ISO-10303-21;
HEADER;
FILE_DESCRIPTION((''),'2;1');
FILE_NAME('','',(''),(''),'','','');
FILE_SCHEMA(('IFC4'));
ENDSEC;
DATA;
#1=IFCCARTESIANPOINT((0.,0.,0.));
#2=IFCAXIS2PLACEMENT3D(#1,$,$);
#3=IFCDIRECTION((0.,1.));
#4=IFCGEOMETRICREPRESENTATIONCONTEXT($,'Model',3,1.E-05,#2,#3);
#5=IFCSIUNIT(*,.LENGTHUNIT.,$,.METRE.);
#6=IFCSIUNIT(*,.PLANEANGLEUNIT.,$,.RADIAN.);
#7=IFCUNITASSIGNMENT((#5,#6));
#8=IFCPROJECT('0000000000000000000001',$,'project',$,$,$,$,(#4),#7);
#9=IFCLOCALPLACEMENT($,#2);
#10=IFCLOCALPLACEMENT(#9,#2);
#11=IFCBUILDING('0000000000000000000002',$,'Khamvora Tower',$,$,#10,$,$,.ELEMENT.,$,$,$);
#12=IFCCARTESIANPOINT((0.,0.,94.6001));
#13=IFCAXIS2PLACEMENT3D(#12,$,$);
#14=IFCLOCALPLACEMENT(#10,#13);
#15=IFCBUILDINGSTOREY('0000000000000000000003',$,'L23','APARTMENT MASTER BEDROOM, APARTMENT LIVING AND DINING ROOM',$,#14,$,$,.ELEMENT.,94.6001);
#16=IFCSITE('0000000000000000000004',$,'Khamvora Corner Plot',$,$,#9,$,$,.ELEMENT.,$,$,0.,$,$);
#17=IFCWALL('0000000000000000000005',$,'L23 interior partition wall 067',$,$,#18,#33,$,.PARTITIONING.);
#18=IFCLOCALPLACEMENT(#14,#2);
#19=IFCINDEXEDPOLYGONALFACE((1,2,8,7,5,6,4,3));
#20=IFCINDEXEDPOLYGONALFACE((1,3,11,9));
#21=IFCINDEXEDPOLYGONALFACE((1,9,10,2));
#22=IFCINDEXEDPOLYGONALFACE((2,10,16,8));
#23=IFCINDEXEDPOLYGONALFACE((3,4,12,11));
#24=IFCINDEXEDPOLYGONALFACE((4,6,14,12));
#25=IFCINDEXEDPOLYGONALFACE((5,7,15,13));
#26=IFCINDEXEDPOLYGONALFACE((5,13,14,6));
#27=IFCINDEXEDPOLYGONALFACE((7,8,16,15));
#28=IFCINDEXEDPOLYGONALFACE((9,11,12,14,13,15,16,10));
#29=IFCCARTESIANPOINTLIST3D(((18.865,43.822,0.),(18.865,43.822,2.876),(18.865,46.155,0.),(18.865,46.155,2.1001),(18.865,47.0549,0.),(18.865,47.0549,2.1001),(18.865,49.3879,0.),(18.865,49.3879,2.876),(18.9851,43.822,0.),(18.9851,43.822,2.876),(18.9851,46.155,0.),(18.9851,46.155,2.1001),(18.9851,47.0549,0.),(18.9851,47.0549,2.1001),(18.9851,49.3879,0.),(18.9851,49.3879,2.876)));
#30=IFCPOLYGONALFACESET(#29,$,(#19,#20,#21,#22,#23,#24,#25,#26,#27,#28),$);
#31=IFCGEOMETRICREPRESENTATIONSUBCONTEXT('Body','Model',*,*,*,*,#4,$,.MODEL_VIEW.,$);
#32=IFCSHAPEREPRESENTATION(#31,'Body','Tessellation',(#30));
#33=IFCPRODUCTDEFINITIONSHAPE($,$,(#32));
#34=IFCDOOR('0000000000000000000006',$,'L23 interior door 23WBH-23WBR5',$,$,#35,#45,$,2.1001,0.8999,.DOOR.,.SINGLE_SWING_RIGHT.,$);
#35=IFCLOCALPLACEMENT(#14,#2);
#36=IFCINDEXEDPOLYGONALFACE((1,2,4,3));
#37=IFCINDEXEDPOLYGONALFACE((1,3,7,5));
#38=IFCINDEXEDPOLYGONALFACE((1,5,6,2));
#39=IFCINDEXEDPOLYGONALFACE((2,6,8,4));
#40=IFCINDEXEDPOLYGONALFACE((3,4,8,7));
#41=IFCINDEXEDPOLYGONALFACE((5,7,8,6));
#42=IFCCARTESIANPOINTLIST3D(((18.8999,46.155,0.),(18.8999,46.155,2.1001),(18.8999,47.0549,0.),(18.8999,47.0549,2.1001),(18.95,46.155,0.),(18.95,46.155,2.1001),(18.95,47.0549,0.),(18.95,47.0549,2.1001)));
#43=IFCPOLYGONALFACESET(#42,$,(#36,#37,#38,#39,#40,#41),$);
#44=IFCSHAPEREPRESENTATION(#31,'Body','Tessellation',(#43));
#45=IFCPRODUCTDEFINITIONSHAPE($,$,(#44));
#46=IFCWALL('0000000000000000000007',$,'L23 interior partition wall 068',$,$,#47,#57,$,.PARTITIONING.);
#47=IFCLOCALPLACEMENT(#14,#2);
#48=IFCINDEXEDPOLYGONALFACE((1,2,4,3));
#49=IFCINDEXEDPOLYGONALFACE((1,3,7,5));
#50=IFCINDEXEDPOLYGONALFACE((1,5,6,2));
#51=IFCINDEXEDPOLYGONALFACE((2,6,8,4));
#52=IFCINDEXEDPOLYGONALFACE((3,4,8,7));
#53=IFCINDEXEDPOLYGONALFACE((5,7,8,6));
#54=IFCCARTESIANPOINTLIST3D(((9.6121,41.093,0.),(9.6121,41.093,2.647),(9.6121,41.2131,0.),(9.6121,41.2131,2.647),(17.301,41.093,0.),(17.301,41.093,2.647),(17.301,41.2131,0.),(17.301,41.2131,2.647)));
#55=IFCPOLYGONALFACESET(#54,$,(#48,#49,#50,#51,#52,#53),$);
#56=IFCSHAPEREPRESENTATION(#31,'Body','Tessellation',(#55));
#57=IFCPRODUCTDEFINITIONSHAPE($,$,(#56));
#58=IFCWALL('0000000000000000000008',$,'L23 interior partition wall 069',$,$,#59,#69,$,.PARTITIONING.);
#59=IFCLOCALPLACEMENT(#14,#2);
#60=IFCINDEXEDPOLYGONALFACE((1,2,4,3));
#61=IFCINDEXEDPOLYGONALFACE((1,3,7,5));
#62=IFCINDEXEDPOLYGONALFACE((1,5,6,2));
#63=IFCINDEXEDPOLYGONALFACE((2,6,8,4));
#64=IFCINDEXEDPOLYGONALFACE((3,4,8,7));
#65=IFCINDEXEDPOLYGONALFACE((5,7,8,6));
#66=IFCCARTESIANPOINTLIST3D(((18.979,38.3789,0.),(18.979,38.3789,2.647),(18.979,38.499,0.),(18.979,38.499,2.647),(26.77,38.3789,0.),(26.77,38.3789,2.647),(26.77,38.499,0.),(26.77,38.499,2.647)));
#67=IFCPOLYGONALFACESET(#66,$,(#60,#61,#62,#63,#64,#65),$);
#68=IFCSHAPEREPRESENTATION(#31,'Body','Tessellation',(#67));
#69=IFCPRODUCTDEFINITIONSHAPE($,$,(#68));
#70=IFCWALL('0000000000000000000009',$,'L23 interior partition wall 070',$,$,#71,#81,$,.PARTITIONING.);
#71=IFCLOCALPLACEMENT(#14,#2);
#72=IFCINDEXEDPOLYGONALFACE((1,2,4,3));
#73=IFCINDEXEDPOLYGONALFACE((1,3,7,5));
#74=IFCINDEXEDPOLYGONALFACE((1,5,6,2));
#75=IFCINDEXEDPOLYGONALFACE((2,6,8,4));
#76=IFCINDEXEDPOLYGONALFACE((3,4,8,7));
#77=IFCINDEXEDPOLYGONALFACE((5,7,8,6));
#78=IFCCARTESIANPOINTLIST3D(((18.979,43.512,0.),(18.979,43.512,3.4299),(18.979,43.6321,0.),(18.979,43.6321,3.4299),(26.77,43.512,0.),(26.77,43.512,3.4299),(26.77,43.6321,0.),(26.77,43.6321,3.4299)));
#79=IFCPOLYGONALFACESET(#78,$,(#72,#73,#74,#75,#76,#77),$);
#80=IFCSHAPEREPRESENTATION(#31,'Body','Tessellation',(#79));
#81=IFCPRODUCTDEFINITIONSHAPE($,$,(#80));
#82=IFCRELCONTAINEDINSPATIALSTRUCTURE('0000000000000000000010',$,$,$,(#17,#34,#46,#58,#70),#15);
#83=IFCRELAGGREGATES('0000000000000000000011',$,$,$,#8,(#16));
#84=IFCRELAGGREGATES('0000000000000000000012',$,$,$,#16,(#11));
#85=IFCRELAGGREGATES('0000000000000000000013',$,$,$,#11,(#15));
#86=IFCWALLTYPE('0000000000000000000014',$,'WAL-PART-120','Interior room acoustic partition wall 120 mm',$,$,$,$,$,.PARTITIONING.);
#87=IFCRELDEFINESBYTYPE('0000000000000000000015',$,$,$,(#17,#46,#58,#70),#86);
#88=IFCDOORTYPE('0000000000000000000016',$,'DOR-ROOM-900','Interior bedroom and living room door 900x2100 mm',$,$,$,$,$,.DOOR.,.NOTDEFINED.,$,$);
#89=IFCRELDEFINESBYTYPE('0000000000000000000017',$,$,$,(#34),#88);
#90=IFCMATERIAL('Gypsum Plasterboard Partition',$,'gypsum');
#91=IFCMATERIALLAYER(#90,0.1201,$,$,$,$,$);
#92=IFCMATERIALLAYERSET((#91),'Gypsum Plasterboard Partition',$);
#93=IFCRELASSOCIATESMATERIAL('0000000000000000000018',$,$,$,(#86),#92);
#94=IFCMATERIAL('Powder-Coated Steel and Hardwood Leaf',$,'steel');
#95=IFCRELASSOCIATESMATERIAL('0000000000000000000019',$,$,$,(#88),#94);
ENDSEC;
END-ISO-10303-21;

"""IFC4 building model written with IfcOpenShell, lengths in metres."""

from ifc_helpers import new_model, si_unit, direction, frame, frame_2d, origin, place, context, subcontext, project, spatial, rectangle, extrude, material, layer, layer_set, type_object, element, fill, save


model = new_model("IFC4")

# Units and contexts
model_context = context("Model", 3, precision=1e-05, world=origin(), true_north=direction((0.0, 1.0)))
body_context = subcontext(model_context, "Body", "Model", "MODEL_VIEW")
ifc_project = project(units=[si_unit("LENGTHUNIT", "METRE"), si_unit("PLANEANGLEUNIT", "RADIAN")], contexts=[model_context])

# Site, building, storey
site_placement = place(None, origin())
site = spatial("IfcSite", under=ifc_project, at=site_placement, Name="Khamvora Corner Plot", CompositionType="ELEMENT", RefElevation=0.0)
building_placement = place(site_placement, origin())
building = spatial("IfcBuilding", under=site, at=building_placement, Name="Khamvora Tower", CompositionType="ELEMENT")
storey_placement = place(building_placement, frame((0.0, 0.0, 94.6001)))
storey = spatial("IfcBuildingStorey", under=building, at=storey_placement, Name="L23", Description="APARTMENT MASTER BEDROOM, APARTMENT LIVING AND DINING ROOM", CompositionType="ELEMENT", Elevation=94.6001)

# Shared definitions
ifc_material_1 = material(Name="Gypsum Plasterboard Partition", Category="gypsum")
ifc_layer_1 = layer(ifc_material_1, 0.1201)
ifc_layer_set_1 = layer_set([ifc_layer_1], Name="Gypsum Plasterboard Partition")
wall_type_1 = type_object("IfcWallType", Name="WAL-PART-120", Description="Interior room acoustic partition wall 120 mm", PredefinedType="PARTITIONING", material=ifc_layer_set_1)
ifc_material_2 = material(Name="Powder-Coated Steel and Hardwood Leaf", Category="steel")
door_type = type_object("IfcDoorType", Name="DOR-ROOM-900", Description="Interior bedroom and living room door 900x2100 mm", OperationType="NOTDEFINED", PredefinedType="DOOR", material=ifc_material_2)

# Wall, opening, door
wall_1_placement = place(storey_placement, frame((18.925, 49.3879, 0.0), z_axis=(0.0, 0.0, 1.0), x_axis=(0.0, -1.0, 0.0)))
wall_1 = element("IfcWall", 1, at=wall_1_placement, inside=storey, type_object=wall_type_1, Name="L23 interior partition wall 067", PredefinedType="PARTITIONING", context=body_context, shape_type="SweptSolid", body=[
    extrude(rectangle(XDim=5.5659, YDim=0.1201, at=frame_2d((2.783, 0.0))), origin(), (0.0, 0.0, 1.0), 2.876),
])
opening_1_placement = place(wall_1_placement, frame((2.333, 0.0, 0.0)))
opening_1 = element("IfcOpeningElement", 2, at=opening_1_placement, cuts=wall_1, PredefinedType="OPENING", context=body_context, shape_type="SweptSolid", body=[
    extrude(rectangle(XDim=0.8999, YDim=2.1001, at=frame_2d((0.45, 1.05))), frame((0.0, 0.0701, 0.0), z_axis=(0.0, -1.0, 0.0), x_axis=(1.0, 0.0, 0.0)), (0.0, 0.0, 1.0), 0.1401),
])
door_1_placement = place(opening_1_placement, origin())
door_1 = element("IfcDoor", 3, at=door_1_placement, inside=storey, type_object=door_type, Name="L23 interior door 23WBH-23WBR5", OperationType="SINGLE_SWING_RIGHT", OverallHeight=2.1001, OverallWidth=0.8999, PredefinedType="DOOR", context=body_context, shape_type="SweptSolid", body=[
    extrude(rectangle(XDim=0.8999, YDim=2.1001, at=frame_2d((0.45, 1.05))), frame((0.0, 0.0249, 0.0), z_axis=(0.0, -1.0, 0.0), x_axis=(1.0, 0.0, 0.0)), (0.0, 0.0, 1.0), 0.05),
])
fill(opening_1, door_1)

# Walls
wall_2_placement = place(storey_placement, frame((9.6121, 41.1531, 0.0), z_axis=(0.0, 0.0, 1.0), x_axis=(1.0, 0.0, 0.0)))
element("IfcWall", 4, at=wall_2_placement, inside=storey, type_object=wall_type_1, Name="L23 interior partition wall 068", PredefinedType="PARTITIONING", context=body_context, shape_type="SweptSolid", body=[
    extrude(rectangle(XDim=7.689, YDim=0.1201, at=frame_2d((3.8445, 0.0))), origin(), (0.0, 0.0, 1.0), 2.647),
])
wall_3_placement = place(storey_placement, frame((18.979, 38.439, 0.0), z_axis=(0.0, 0.0, 1.0), x_axis=(1.0, 0.0, 0.0)))
element("IfcWall", 5, at=wall_3_placement, inside=storey, type_object=wall_type_1, Name="L23 interior partition wall 069", PredefinedType="PARTITIONING", context=body_context, shape_type="SweptSolid", body=[
    extrude(rectangle(XDim=7.791, YDim=0.1201, at=frame_2d((3.8955, 0.0))), origin(), (0.0, 0.0, 1.0), 2.647),
])
wall_4_placement = place(storey_placement, frame((18.979, 43.572, 0.0), z_axis=(0.0, 0.0, 1.0), x_axis=(1.0, 0.0, 0.0)))
element("IfcWall", 6, at=wall_4_placement, inside=storey, type_object=wall_type_1, Name="L23 interior partition wall 070", PredefinedType="PARTITIONING", context=body_context, shape_type="SweptSolid", body=[
    extrude(rectangle(XDim=7.791, YDim=0.1201, at=frame_2d((3.8955, 0.0))), origin(), (0.0, 0.0, 1.0), 3.4299),
])

save(model, "model.ifc")
